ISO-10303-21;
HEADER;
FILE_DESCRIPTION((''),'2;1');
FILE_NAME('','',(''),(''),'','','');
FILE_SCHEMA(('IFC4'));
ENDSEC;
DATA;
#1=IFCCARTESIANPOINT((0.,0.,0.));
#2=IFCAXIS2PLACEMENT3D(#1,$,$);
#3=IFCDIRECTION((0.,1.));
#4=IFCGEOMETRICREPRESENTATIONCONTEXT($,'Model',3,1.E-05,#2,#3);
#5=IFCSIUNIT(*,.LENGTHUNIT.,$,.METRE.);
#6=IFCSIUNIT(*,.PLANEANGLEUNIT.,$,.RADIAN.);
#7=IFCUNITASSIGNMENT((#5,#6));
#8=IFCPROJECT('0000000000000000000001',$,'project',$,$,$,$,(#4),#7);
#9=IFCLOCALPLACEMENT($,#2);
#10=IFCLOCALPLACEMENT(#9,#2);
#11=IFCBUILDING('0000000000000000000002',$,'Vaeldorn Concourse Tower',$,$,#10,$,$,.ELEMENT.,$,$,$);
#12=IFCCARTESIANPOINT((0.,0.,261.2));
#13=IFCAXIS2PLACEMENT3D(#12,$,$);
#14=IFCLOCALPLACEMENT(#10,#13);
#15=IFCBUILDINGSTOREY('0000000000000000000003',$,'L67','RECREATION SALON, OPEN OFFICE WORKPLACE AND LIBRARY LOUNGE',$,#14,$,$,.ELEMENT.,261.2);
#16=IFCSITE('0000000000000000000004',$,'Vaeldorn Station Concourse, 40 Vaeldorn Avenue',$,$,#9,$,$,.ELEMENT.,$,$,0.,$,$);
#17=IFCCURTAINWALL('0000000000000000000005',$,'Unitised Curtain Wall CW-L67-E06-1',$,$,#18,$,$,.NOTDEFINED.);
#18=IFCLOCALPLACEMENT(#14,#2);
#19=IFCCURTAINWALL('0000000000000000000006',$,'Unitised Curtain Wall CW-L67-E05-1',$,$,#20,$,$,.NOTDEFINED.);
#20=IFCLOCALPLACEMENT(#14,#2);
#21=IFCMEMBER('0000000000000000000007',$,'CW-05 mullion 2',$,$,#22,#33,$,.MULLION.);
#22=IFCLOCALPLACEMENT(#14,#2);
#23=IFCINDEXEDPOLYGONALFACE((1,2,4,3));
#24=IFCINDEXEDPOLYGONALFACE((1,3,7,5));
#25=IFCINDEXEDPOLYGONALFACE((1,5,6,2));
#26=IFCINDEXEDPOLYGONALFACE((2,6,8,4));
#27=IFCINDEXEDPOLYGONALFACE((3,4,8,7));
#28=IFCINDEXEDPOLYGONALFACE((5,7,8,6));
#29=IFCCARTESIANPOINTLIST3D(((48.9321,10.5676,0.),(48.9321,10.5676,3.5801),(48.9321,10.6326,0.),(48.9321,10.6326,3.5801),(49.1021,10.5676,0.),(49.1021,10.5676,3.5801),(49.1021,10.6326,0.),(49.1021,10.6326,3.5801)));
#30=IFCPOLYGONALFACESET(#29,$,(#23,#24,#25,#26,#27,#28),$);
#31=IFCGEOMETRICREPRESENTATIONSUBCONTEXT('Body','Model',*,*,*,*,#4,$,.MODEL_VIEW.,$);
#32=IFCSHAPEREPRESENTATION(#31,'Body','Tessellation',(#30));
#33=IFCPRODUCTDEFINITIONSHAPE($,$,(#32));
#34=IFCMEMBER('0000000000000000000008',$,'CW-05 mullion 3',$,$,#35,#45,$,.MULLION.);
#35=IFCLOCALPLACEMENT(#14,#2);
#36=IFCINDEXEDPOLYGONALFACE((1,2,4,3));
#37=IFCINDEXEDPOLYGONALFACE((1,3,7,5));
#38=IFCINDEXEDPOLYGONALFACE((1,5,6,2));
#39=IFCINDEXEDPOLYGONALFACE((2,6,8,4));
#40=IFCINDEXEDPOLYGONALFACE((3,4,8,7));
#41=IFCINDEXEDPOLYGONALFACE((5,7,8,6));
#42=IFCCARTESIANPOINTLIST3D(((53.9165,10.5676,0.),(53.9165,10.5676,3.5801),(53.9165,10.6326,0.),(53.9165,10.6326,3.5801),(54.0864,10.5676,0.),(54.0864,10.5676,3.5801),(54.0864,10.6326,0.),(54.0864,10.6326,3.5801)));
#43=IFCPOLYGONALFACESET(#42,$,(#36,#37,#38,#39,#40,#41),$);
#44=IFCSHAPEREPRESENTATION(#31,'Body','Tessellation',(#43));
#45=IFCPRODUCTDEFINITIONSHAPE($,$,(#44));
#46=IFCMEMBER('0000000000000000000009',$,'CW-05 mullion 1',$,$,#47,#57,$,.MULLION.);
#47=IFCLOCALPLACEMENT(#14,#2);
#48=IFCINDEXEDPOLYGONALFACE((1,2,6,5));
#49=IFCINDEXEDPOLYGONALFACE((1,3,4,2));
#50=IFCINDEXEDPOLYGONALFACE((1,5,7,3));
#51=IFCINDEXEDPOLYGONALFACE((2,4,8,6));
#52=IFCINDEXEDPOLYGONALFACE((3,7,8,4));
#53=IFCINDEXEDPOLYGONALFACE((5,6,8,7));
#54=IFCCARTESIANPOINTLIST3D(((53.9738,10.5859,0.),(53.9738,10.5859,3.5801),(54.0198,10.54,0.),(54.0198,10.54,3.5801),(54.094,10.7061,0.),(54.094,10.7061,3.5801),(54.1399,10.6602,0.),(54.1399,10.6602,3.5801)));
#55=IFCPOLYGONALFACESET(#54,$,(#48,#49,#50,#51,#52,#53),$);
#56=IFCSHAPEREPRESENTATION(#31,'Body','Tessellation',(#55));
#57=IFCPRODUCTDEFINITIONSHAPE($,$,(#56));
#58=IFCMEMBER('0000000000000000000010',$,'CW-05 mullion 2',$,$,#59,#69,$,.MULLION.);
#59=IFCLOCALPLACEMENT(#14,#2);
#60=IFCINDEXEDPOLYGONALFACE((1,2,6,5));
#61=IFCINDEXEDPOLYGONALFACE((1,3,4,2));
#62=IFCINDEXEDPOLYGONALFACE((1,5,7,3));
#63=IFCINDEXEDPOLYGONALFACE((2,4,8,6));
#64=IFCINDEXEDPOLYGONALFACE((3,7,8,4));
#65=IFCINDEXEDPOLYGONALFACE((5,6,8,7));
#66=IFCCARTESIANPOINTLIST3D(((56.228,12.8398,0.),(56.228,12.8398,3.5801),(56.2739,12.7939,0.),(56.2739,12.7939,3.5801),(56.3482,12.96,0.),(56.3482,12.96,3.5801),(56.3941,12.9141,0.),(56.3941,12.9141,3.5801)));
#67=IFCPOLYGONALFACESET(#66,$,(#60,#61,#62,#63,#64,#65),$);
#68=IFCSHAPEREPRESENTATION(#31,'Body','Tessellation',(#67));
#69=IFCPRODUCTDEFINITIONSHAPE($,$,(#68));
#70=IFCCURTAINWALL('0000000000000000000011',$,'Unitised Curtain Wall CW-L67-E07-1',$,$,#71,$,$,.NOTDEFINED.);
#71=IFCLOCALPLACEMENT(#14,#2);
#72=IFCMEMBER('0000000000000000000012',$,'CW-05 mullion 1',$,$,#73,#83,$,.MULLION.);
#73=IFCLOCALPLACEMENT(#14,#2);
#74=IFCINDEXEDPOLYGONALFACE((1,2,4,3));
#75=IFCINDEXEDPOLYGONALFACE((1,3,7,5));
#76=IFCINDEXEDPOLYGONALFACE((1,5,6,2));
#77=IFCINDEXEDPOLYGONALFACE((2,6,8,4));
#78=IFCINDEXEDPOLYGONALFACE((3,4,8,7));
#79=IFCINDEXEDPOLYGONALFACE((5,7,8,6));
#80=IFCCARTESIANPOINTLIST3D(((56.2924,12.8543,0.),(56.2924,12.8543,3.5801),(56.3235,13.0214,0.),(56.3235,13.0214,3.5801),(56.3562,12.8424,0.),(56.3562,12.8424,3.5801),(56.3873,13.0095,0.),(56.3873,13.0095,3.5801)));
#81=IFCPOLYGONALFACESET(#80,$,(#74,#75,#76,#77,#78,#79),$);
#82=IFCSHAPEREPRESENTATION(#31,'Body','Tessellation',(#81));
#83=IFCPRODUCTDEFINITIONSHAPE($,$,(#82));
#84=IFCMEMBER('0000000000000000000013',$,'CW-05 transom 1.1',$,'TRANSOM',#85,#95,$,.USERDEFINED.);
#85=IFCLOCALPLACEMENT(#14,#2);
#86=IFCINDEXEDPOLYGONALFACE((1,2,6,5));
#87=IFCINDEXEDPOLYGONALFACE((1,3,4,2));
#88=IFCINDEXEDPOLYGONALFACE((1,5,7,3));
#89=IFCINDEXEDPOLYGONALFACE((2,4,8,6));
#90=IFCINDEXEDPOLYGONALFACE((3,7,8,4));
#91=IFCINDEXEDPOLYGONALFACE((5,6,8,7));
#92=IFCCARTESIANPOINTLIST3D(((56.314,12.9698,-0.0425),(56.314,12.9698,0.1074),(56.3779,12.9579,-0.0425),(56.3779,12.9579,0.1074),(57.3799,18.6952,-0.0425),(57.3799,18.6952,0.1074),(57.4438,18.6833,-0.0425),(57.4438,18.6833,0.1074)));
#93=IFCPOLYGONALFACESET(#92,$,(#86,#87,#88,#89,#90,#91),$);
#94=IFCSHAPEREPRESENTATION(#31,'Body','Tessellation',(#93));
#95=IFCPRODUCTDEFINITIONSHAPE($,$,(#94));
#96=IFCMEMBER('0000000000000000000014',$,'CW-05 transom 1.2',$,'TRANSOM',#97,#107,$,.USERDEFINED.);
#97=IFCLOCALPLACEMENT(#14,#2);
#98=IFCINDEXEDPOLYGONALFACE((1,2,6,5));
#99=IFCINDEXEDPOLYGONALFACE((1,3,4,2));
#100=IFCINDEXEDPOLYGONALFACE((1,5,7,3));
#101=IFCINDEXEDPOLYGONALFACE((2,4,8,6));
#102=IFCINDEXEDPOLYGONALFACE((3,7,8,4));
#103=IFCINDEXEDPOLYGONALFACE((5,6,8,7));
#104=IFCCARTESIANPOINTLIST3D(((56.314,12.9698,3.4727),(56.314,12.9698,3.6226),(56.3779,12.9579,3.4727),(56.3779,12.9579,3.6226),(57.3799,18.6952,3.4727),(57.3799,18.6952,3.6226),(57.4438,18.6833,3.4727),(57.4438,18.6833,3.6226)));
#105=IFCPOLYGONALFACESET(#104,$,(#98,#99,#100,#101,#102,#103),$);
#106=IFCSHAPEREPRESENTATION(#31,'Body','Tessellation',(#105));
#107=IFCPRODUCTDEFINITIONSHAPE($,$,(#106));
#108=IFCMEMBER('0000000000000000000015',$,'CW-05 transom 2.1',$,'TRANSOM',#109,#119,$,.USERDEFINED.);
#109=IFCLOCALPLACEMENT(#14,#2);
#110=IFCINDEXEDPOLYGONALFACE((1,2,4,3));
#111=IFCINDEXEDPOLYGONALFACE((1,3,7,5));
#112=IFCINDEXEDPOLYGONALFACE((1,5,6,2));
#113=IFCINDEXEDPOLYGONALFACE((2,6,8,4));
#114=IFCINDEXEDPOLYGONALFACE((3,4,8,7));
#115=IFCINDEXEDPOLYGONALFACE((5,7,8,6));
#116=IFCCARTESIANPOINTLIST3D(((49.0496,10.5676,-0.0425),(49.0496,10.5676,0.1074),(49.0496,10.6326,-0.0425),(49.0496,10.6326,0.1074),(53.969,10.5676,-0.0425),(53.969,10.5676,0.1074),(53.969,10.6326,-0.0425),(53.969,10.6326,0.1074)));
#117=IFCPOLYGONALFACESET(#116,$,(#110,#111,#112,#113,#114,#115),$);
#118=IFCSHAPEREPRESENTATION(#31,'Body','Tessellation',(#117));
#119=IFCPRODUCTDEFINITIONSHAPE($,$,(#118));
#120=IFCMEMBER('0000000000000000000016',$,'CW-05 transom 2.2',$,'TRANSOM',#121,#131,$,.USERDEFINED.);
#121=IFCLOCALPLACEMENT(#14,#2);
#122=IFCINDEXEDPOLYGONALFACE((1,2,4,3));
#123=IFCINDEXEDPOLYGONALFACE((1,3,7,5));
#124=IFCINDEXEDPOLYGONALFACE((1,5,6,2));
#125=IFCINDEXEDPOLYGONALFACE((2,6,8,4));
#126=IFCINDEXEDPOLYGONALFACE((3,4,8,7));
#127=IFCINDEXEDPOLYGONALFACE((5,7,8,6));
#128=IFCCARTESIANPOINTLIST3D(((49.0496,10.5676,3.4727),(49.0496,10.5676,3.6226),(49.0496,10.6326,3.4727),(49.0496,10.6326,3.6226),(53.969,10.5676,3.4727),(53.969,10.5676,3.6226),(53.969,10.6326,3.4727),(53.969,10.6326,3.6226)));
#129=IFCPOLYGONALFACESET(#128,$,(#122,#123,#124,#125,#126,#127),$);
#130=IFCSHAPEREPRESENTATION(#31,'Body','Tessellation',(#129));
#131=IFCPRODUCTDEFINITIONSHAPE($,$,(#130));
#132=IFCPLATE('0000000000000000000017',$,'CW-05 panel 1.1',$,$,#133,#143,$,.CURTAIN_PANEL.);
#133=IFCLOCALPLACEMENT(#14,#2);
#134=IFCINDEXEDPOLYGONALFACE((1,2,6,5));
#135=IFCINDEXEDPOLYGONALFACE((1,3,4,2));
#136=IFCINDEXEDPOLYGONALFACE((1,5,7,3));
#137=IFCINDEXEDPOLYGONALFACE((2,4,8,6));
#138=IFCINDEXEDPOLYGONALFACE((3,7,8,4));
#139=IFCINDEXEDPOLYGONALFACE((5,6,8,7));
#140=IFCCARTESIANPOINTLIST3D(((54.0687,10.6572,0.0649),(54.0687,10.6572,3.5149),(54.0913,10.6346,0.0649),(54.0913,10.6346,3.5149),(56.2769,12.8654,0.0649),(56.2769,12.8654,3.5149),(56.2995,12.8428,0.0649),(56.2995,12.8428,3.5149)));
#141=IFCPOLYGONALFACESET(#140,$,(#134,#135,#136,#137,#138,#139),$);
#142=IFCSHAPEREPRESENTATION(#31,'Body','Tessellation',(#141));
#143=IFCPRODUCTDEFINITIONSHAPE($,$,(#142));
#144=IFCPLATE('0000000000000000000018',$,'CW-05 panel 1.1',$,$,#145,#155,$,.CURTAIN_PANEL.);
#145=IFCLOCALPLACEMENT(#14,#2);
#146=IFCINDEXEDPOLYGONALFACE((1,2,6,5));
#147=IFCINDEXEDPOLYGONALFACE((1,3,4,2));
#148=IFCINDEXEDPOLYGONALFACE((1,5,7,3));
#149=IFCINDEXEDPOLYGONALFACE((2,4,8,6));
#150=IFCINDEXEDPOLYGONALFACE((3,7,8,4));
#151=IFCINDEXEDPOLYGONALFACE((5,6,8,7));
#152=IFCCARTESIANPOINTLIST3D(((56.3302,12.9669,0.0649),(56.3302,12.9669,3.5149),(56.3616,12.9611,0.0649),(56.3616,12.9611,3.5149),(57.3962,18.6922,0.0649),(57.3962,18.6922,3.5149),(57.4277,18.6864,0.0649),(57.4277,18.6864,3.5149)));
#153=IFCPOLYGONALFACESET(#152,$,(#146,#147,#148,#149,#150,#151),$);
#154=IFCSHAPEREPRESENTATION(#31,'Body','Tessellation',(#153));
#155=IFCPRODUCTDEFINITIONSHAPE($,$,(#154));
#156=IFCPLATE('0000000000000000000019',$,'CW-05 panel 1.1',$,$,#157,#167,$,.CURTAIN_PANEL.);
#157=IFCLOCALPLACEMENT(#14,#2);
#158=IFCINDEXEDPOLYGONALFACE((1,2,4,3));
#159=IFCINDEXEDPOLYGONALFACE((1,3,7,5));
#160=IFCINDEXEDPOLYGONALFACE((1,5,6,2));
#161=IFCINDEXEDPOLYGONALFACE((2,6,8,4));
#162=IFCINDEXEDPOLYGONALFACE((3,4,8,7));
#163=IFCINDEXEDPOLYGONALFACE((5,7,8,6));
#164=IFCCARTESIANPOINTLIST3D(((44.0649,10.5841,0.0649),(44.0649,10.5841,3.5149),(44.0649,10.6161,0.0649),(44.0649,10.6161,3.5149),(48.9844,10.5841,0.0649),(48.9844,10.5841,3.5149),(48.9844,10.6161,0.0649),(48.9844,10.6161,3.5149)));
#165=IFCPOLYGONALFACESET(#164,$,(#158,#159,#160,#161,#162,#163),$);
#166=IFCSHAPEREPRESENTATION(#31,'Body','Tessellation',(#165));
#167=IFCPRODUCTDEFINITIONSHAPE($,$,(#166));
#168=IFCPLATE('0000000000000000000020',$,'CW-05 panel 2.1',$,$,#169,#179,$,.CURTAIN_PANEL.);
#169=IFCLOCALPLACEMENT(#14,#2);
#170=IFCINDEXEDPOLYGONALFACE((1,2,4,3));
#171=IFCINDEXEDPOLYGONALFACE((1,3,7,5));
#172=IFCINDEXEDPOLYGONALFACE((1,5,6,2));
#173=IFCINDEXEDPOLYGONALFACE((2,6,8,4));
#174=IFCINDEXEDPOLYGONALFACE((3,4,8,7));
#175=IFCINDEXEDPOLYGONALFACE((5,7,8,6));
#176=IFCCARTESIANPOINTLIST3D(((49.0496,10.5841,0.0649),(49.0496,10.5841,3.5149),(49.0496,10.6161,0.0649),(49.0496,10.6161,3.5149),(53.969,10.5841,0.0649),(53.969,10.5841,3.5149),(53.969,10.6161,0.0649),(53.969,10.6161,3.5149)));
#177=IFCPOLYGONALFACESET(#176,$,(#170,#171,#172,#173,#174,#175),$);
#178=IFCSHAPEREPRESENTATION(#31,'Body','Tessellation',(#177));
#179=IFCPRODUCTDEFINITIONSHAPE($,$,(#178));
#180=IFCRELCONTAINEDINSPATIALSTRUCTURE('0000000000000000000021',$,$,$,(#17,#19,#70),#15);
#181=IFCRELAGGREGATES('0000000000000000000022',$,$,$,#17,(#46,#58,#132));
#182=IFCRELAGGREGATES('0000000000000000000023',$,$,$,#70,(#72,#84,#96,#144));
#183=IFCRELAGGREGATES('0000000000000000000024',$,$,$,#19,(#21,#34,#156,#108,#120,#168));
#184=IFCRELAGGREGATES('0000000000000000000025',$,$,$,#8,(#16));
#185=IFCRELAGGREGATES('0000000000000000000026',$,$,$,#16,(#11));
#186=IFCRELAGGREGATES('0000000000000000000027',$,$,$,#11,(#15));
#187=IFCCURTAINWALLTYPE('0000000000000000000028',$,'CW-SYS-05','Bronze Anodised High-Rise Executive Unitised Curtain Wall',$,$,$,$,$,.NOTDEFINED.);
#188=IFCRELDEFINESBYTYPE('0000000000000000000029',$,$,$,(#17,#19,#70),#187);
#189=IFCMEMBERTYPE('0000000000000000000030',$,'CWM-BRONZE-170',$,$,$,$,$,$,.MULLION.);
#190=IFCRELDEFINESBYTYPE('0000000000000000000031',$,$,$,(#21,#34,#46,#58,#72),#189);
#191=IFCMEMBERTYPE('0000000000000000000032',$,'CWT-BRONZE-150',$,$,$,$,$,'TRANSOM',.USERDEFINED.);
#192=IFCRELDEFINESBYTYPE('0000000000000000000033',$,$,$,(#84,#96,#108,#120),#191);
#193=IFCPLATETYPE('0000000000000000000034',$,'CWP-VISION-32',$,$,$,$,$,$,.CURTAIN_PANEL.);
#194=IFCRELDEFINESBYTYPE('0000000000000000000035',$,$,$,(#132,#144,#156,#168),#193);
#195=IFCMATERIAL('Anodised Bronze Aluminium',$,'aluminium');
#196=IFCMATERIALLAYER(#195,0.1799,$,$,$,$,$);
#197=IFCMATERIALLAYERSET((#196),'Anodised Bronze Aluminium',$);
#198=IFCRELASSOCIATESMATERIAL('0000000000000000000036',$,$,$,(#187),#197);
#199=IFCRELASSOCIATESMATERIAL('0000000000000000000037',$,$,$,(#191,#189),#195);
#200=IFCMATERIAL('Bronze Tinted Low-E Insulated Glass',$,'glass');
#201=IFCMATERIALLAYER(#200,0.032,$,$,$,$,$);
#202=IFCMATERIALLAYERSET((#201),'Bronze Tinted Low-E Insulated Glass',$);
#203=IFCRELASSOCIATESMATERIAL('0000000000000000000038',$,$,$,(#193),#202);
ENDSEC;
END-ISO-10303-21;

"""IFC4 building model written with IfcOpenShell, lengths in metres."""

from ifc_helpers import new_model, si_unit, direction, frame, origin, origin_2d, place, context, subcontext, project, spatial, rectangle, extrude, source, transform, mapped, material, layer, layer_set, material_profile, profile_set, type_object, element, aggregate, save


model = new_model("IFC4")

# Units and contexts
model_context = context("Model", 3, precision=1e-05, world=origin(), true_north=direction((0.0, 1.0)))
body_context = subcontext(model_context, "Body", "Model", "MODEL_VIEW")
ifc_project = project(units=[si_unit("LENGTHUNIT", "METRE"), si_unit("PLANEANGLEUNIT", "RADIAN")], contexts=[model_context])

# Site, building, storey
site_placement = place(None, origin())
site = spatial("IfcSite", under=ifc_project, at=site_placement, Name="Vaeldorn Station Concourse, 40 Vaeldorn Avenue", CompositionType="ELEMENT", RefElevation=0.0)
building_placement = place(site_placement, origin())
building = spatial("IfcBuilding", under=site, at=building_placement, Name="Vaeldorn Concourse Tower", CompositionType="ELEMENT")
storey_placement = place(building_placement, frame((0.0, 0.0, 261.2)))
storey = spatial("IfcBuildingStorey", under=building, at=storey_placement, Name="L67", Description="RECREATION SALON, OPEN OFFICE WORKPLACE AND LIBRARY LOUNGE", CompositionType="ELEMENT", Elevation=261.2)

# Curtain walls, members
ifc_material_1 = material(Name="Anodised Bronze Aluminium", Category="aluminium")
ifc_layer_1 = layer(ifc_material_1, 0.1799)
ifc_layer_set_1 = layer_set([ifc_layer_1], Name="Anodised Bronze Aluminium")
curtain_wall_type = type_object("IfcCurtainWallType", Name="CW-SYS-05", Description="Bronze Anodised High-Rise Executive Unitised Curtain Wall", PredefinedType="NOTDEFINED", material=ifc_layer_set_1)
curtain_wall_1_placement = place(storey_placement, origin())
curtain_wall_1 = element("IfcCurtainWall", 1, at=curtain_wall_1_placement, inside=storey, type_object=curtain_wall_type, Name="Unitised Curtain Wall CW-L67-E06-1", PredefinedType="NOTDEFINED")
ifc_material_profile_1 = material_profile(ifc_material_1, rectangle(XDim=0.0649, YDim=0.1499, at=origin_2d()), Name="CWT 65x150")
ifc_profile_set_1 = profile_set([ifc_material_profile_1], Name="Anodised Bronze Aluminium")
member_type_1 = type_object("IfcMemberType", Name="CWT-BRONZE-150", ElementType="TRANSOM", PredefinedType="USERDEFINED", material=ifc_profile_set_1)
curtain_wall_2_placement = place(storey_placement, origin())
curtain_wall_2 = element("IfcCurtainWall", 2, at=curtain_wall_2_placement, inside=storey, type_object=curtain_wall_type, Name="Unitised Curtain Wall CW-L67-E05-1", PredefinedType="NOTDEFINED")
ifc_material_profile_2 = material_profile(ifc_material_1, rectangle(XDim=0.0649, YDim=0.1699, at=origin_2d()), Name="CWM 65x170")
ifc_profile_set_2 = profile_set([ifc_material_profile_2], Name="Anodised Bronze Aluminium")
member_type_2 = type_object("IfcMemberType", Name="CWM-BRONZE-170", PredefinedType="MULLION", material=ifc_profile_set_2)
shared_shape_1 = source(origin(), body_context, "Body", "SweptSolid", [
    extrude(rectangle(XDim=0.0649, YDim=0.1699, at=origin_2d()), origin(), (0.0, 0.0, 1.0), 3.5801),
])
member_1_placement = place(storey_placement, frame((49.0171, 10.6001, 0.0), z_axis=(0.0, 0.0, 1.0), x_axis=(0.0, 1.0, 0.0)))
member_1 = element("IfcMember", 3, at=member_1_placement, type_object=member_type_2, Name="CW-05 mullion 2", PredefinedType="MULLION", context=body_context, shape_type="MappedRepresentation", body=[
    mapped(shared_shape_1, transform((0.0, 0.0, 0.0), scale=1.0)),
])
member_2_placement = place(storey_placement, frame((54.0015, 10.6001, 0.0), z_axis=(0.0, 0.0, 1.0), x_axis=(0.0, 1.0, 0.0)))
member_2 = element("IfcMember", 4, at=member_2_placement, type_object=member_type_2, Name="CW-05 mullion 3", PredefinedType="MULLION", context=body_context, shape_type="MappedRepresentation", body=[
    mapped(shared_shape_1, transform((0.0, 0.0, 0.0), scale=1.0)),
])

# Members
member_3_placement = place(storey_placement, frame((54.0569, 10.623, 0.0), z_axis=(0.0, 0.0, 1.0), x_axis=(-0.707107, 0.707107, 0.0)))
member_3 = element("IfcMember", 5, at=member_3_placement, type_object=member_type_2, Name="CW-05 mullion 1", PredefinedType="MULLION", context=body_context, shape_type="MappedRepresentation", body=[
    mapped(shared_shape_1, transform((0.0, 0.0, 0.0), scale=1.0)),
])
member_4_placement = place(storey_placement, frame((56.311, 12.877, 0.0), z_axis=(0.0, 0.0, 1.0), x_axis=(-0.707107, 0.707107, 0.0)))
member_4 = element("IfcMember", 6, at=member_4_placement, type_object=member_type_2, Name="CW-05 mullion 2", PredefinedType="MULLION", context=body_context, shape_type="MappedRepresentation", body=[
    mapped(shared_shape_1, transform((0.0, 0.0, 0.0), scale=1.0)),
])

# Curtain wall, members
curtain_wall_3_placement = place(storey_placement, origin())
curtain_wall_3 = element("IfcCurtainWall", 7, at=curtain_wall_3_placement, inside=storey, type_object=curtain_wall_type, Name="Unitised Curtain Wall CW-L67-E07-1", PredefinedType="NOTDEFINED")
member_5_placement = place(storey_placement, frame((56.3398, 12.9319, 0.0), z_axis=(0.0, 0.0, 1.0), x_axis=(-0.983103, 0.183055, 0.0)))
member_5 = element("IfcMember", 8, at=member_5_placement, type_object=member_type_2, Name="CW-05 mullion 1", PredefinedType="MULLION", context=body_context, shape_type="MappedRepresentation", body=[
    mapped(shared_shape_1, transform((0.0, 0.0, 0.0), scale=1.0)),
])
shared_shape_2 = source(origin(), body_context, "Body", "SweptSolid", [
    extrude(rectangle(XDim=0.0649, YDim=0.1499, at=origin_2d()), origin(), (0.0, 0.0, 1.0), 5.8237),
])
member_6_placement = place(storey_placement, frame((56.3459, 12.9639, 0.0325), z_axis=(0.18303, 0.983107, 0.0), x_axis=(-0.983107, 0.18303, 0.0)))
member_6 = element("IfcMember", 9, at=member_6_placement, type_object=member_type_1, Name="CW-05 transom 1.1", ObjectType="TRANSOM", PredefinedType="USERDEFINED", context=body_context, shape_type="MappedRepresentation", body=[
    mapped(shared_shape_2, transform((0.0, 0.0, 0.0), scale=1.0)),
])
member_7_placement = place(storey_placement, frame((56.3459, 12.9639, 3.5476), z_axis=(0.18303, 0.983107, 0.0), x_axis=(-0.983107, 0.18303, 0.0)))
member_7 = element("IfcMember", 10, at=member_7_placement, type_object=member_type_1, Name="CW-05 transom 1.2", ObjectType="TRANSOM", PredefinedType="USERDEFINED", context=body_context, shape_type="MappedRepresentation", body=[
    mapped(shared_shape_2, transform((0.0, 0.0, 0.0), scale=1.0)),
])

# Members
shared_shape_3 = source(origin(), body_context, "Body", "SweptSolid", [
    extrude(rectangle(XDim=0.0649, YDim=0.1499, at=origin_2d()), origin(), (0.0, 0.0, 1.0), 4.9194),
])
member_8_placement = place(storey_placement, frame((49.0496, 10.6001, 0.0325), z_axis=(1.0, 0.0, 0.0), x_axis=(0.0, 1.0, 0.0)))
member_8 = element("IfcMember", 11, at=member_8_placement, type_object=member_type_1, Name="CW-05 transom 2.1", ObjectType="TRANSOM", PredefinedType="USERDEFINED", context=body_context, shape_type="MappedRepresentation", body=[
    mapped(shared_shape_3, transform((0.0, 0.0, 0.0), scale=1.0)),
])
member_9_placement = place(storey_placement, frame((49.0496, 10.6001, 3.5476), z_axis=(1.0, 0.0, 0.0), x_axis=(0.0, 1.0, 0.0)))
member_9 = element("IfcMember", 12, at=member_9_placement, type_object=member_type_1, Name="CW-05 transom 2.2", ObjectType="TRANSOM", PredefinedType="USERDEFINED", context=body_context, shape_type="MappedRepresentation", body=[
    mapped(shared_shape_3, transform((0.0, 0.0, 0.0), scale=1.0)),
])

# Plates
ifc_material_2 = material(Name="Bronze Tinted Low-E Insulated Glass", Category="glass")
ifc_layer_2 = layer(ifc_material_2, 0.032)
ifc_layer_set_2 = layer_set([ifc_layer_2], Name="Bronze Tinted Low-E Insulated Glass")
plate_type = type_object("IfcPlateType", Name="CWP-VISION-32", PredefinedType="CURTAIN_PANEL", material=ifc_layer_set_2)
shared_shape_4 = source(origin(), body_context, "Body", "SweptSolid", [
    extrude(rectangle(XDim=3.1228, YDim=0.032, at=origin_2d()), origin(), (0.0, 0.0, 1.0), 3.45),
])
plate_1_placement = place(storey_placement, frame((55.1841, 11.75, 0.0649), z_axis=(0.0, 0.0, 1.0), x_axis=(0.707107, 0.707107, 0.0)))
plate_1 = element("IfcPlate", 13, at=plate_1_placement, type_object=plate_type, Name="CW-05 panel 1.1", PredefinedType="CURTAIN_PANEL", context=body_context, shape_type="MappedRepresentation", body=[
    mapped(shared_shape_4, transform((0.0, 0.0, 0.0), scale=1.0)),
])
aggregate(curtain_wall_1, [member_3, member_4, plate_1])
shared_shape_5 = source(origin(), body_context, "Body", "SweptSolid", [
    extrude(rectangle(XDim=5.8237, YDim=0.032, at=origin_2d()), origin(), (0.0, 0.0, 1.0), 3.45),
])
plate_2_placement = place(storey_placement, frame((56.8789, 15.8267, 0.0649), z_axis=(0.0, 0.0, 1.0), x_axis=(0.183055, 0.983103, 0.0)))
plate_2 = element("IfcPlate", 14, at=plate_2_placement, type_object=plate_type, Name="CW-05 panel 1.1", PredefinedType="CURTAIN_PANEL", context=body_context, shape_type="MappedRepresentation", body=[
    mapped(shared_shape_5, transform((0.0, 0.0, 0.0), scale=1.0)),
])
aggregate(curtain_wall_3, [member_5, member_6, member_7, plate_2])
shared_shape_6 = source(origin(), body_context, "Body", "SweptSolid", [
    extrude(rectangle(XDim=4.9194, YDim=0.032, at=origin_2d()), origin(), (0.0, 0.0, 1.0), 3.45),
])
plate_3_placement = place(storey_placement, frame((46.5247, 10.6001, 0.0649), z_axis=(0.0, 0.0, 1.0), x_axis=(1.0, 0.0, 0.0)))
plate_3 = element("IfcPlate", 15, at=plate_3_placement, type_object=plate_type, Name="CW-05 panel 1.1", PredefinedType="CURTAIN_PANEL", context=body_context, shape_type="MappedRepresentation", body=[
    mapped(shared_shape_6, transform((0.0, 0.0, 0.0), scale=1.0)),
])
plate_4_placement = place(storey_placement, frame((51.5093, 10.6001, 0.0649), z_axis=(0.0, 0.0, 1.0), x_axis=(1.0, 0.0, 0.0)))
plate_4 = element("IfcPlate", 16, at=plate_4_placement, type_object=plate_type, Name="CW-05 panel 2.1", PredefinedType="CURTAIN_PANEL", context=body_context, shape_type="MappedRepresentation", body=[
    mapped(shared_shape_6, transform((0.0, 0.0, 0.0), scale=1.0)),
])
aggregate(curtain_wall_2, [member_1, member_2, plate_3, member_8, member_9, plate_4])

save(model, "model.ifc")
